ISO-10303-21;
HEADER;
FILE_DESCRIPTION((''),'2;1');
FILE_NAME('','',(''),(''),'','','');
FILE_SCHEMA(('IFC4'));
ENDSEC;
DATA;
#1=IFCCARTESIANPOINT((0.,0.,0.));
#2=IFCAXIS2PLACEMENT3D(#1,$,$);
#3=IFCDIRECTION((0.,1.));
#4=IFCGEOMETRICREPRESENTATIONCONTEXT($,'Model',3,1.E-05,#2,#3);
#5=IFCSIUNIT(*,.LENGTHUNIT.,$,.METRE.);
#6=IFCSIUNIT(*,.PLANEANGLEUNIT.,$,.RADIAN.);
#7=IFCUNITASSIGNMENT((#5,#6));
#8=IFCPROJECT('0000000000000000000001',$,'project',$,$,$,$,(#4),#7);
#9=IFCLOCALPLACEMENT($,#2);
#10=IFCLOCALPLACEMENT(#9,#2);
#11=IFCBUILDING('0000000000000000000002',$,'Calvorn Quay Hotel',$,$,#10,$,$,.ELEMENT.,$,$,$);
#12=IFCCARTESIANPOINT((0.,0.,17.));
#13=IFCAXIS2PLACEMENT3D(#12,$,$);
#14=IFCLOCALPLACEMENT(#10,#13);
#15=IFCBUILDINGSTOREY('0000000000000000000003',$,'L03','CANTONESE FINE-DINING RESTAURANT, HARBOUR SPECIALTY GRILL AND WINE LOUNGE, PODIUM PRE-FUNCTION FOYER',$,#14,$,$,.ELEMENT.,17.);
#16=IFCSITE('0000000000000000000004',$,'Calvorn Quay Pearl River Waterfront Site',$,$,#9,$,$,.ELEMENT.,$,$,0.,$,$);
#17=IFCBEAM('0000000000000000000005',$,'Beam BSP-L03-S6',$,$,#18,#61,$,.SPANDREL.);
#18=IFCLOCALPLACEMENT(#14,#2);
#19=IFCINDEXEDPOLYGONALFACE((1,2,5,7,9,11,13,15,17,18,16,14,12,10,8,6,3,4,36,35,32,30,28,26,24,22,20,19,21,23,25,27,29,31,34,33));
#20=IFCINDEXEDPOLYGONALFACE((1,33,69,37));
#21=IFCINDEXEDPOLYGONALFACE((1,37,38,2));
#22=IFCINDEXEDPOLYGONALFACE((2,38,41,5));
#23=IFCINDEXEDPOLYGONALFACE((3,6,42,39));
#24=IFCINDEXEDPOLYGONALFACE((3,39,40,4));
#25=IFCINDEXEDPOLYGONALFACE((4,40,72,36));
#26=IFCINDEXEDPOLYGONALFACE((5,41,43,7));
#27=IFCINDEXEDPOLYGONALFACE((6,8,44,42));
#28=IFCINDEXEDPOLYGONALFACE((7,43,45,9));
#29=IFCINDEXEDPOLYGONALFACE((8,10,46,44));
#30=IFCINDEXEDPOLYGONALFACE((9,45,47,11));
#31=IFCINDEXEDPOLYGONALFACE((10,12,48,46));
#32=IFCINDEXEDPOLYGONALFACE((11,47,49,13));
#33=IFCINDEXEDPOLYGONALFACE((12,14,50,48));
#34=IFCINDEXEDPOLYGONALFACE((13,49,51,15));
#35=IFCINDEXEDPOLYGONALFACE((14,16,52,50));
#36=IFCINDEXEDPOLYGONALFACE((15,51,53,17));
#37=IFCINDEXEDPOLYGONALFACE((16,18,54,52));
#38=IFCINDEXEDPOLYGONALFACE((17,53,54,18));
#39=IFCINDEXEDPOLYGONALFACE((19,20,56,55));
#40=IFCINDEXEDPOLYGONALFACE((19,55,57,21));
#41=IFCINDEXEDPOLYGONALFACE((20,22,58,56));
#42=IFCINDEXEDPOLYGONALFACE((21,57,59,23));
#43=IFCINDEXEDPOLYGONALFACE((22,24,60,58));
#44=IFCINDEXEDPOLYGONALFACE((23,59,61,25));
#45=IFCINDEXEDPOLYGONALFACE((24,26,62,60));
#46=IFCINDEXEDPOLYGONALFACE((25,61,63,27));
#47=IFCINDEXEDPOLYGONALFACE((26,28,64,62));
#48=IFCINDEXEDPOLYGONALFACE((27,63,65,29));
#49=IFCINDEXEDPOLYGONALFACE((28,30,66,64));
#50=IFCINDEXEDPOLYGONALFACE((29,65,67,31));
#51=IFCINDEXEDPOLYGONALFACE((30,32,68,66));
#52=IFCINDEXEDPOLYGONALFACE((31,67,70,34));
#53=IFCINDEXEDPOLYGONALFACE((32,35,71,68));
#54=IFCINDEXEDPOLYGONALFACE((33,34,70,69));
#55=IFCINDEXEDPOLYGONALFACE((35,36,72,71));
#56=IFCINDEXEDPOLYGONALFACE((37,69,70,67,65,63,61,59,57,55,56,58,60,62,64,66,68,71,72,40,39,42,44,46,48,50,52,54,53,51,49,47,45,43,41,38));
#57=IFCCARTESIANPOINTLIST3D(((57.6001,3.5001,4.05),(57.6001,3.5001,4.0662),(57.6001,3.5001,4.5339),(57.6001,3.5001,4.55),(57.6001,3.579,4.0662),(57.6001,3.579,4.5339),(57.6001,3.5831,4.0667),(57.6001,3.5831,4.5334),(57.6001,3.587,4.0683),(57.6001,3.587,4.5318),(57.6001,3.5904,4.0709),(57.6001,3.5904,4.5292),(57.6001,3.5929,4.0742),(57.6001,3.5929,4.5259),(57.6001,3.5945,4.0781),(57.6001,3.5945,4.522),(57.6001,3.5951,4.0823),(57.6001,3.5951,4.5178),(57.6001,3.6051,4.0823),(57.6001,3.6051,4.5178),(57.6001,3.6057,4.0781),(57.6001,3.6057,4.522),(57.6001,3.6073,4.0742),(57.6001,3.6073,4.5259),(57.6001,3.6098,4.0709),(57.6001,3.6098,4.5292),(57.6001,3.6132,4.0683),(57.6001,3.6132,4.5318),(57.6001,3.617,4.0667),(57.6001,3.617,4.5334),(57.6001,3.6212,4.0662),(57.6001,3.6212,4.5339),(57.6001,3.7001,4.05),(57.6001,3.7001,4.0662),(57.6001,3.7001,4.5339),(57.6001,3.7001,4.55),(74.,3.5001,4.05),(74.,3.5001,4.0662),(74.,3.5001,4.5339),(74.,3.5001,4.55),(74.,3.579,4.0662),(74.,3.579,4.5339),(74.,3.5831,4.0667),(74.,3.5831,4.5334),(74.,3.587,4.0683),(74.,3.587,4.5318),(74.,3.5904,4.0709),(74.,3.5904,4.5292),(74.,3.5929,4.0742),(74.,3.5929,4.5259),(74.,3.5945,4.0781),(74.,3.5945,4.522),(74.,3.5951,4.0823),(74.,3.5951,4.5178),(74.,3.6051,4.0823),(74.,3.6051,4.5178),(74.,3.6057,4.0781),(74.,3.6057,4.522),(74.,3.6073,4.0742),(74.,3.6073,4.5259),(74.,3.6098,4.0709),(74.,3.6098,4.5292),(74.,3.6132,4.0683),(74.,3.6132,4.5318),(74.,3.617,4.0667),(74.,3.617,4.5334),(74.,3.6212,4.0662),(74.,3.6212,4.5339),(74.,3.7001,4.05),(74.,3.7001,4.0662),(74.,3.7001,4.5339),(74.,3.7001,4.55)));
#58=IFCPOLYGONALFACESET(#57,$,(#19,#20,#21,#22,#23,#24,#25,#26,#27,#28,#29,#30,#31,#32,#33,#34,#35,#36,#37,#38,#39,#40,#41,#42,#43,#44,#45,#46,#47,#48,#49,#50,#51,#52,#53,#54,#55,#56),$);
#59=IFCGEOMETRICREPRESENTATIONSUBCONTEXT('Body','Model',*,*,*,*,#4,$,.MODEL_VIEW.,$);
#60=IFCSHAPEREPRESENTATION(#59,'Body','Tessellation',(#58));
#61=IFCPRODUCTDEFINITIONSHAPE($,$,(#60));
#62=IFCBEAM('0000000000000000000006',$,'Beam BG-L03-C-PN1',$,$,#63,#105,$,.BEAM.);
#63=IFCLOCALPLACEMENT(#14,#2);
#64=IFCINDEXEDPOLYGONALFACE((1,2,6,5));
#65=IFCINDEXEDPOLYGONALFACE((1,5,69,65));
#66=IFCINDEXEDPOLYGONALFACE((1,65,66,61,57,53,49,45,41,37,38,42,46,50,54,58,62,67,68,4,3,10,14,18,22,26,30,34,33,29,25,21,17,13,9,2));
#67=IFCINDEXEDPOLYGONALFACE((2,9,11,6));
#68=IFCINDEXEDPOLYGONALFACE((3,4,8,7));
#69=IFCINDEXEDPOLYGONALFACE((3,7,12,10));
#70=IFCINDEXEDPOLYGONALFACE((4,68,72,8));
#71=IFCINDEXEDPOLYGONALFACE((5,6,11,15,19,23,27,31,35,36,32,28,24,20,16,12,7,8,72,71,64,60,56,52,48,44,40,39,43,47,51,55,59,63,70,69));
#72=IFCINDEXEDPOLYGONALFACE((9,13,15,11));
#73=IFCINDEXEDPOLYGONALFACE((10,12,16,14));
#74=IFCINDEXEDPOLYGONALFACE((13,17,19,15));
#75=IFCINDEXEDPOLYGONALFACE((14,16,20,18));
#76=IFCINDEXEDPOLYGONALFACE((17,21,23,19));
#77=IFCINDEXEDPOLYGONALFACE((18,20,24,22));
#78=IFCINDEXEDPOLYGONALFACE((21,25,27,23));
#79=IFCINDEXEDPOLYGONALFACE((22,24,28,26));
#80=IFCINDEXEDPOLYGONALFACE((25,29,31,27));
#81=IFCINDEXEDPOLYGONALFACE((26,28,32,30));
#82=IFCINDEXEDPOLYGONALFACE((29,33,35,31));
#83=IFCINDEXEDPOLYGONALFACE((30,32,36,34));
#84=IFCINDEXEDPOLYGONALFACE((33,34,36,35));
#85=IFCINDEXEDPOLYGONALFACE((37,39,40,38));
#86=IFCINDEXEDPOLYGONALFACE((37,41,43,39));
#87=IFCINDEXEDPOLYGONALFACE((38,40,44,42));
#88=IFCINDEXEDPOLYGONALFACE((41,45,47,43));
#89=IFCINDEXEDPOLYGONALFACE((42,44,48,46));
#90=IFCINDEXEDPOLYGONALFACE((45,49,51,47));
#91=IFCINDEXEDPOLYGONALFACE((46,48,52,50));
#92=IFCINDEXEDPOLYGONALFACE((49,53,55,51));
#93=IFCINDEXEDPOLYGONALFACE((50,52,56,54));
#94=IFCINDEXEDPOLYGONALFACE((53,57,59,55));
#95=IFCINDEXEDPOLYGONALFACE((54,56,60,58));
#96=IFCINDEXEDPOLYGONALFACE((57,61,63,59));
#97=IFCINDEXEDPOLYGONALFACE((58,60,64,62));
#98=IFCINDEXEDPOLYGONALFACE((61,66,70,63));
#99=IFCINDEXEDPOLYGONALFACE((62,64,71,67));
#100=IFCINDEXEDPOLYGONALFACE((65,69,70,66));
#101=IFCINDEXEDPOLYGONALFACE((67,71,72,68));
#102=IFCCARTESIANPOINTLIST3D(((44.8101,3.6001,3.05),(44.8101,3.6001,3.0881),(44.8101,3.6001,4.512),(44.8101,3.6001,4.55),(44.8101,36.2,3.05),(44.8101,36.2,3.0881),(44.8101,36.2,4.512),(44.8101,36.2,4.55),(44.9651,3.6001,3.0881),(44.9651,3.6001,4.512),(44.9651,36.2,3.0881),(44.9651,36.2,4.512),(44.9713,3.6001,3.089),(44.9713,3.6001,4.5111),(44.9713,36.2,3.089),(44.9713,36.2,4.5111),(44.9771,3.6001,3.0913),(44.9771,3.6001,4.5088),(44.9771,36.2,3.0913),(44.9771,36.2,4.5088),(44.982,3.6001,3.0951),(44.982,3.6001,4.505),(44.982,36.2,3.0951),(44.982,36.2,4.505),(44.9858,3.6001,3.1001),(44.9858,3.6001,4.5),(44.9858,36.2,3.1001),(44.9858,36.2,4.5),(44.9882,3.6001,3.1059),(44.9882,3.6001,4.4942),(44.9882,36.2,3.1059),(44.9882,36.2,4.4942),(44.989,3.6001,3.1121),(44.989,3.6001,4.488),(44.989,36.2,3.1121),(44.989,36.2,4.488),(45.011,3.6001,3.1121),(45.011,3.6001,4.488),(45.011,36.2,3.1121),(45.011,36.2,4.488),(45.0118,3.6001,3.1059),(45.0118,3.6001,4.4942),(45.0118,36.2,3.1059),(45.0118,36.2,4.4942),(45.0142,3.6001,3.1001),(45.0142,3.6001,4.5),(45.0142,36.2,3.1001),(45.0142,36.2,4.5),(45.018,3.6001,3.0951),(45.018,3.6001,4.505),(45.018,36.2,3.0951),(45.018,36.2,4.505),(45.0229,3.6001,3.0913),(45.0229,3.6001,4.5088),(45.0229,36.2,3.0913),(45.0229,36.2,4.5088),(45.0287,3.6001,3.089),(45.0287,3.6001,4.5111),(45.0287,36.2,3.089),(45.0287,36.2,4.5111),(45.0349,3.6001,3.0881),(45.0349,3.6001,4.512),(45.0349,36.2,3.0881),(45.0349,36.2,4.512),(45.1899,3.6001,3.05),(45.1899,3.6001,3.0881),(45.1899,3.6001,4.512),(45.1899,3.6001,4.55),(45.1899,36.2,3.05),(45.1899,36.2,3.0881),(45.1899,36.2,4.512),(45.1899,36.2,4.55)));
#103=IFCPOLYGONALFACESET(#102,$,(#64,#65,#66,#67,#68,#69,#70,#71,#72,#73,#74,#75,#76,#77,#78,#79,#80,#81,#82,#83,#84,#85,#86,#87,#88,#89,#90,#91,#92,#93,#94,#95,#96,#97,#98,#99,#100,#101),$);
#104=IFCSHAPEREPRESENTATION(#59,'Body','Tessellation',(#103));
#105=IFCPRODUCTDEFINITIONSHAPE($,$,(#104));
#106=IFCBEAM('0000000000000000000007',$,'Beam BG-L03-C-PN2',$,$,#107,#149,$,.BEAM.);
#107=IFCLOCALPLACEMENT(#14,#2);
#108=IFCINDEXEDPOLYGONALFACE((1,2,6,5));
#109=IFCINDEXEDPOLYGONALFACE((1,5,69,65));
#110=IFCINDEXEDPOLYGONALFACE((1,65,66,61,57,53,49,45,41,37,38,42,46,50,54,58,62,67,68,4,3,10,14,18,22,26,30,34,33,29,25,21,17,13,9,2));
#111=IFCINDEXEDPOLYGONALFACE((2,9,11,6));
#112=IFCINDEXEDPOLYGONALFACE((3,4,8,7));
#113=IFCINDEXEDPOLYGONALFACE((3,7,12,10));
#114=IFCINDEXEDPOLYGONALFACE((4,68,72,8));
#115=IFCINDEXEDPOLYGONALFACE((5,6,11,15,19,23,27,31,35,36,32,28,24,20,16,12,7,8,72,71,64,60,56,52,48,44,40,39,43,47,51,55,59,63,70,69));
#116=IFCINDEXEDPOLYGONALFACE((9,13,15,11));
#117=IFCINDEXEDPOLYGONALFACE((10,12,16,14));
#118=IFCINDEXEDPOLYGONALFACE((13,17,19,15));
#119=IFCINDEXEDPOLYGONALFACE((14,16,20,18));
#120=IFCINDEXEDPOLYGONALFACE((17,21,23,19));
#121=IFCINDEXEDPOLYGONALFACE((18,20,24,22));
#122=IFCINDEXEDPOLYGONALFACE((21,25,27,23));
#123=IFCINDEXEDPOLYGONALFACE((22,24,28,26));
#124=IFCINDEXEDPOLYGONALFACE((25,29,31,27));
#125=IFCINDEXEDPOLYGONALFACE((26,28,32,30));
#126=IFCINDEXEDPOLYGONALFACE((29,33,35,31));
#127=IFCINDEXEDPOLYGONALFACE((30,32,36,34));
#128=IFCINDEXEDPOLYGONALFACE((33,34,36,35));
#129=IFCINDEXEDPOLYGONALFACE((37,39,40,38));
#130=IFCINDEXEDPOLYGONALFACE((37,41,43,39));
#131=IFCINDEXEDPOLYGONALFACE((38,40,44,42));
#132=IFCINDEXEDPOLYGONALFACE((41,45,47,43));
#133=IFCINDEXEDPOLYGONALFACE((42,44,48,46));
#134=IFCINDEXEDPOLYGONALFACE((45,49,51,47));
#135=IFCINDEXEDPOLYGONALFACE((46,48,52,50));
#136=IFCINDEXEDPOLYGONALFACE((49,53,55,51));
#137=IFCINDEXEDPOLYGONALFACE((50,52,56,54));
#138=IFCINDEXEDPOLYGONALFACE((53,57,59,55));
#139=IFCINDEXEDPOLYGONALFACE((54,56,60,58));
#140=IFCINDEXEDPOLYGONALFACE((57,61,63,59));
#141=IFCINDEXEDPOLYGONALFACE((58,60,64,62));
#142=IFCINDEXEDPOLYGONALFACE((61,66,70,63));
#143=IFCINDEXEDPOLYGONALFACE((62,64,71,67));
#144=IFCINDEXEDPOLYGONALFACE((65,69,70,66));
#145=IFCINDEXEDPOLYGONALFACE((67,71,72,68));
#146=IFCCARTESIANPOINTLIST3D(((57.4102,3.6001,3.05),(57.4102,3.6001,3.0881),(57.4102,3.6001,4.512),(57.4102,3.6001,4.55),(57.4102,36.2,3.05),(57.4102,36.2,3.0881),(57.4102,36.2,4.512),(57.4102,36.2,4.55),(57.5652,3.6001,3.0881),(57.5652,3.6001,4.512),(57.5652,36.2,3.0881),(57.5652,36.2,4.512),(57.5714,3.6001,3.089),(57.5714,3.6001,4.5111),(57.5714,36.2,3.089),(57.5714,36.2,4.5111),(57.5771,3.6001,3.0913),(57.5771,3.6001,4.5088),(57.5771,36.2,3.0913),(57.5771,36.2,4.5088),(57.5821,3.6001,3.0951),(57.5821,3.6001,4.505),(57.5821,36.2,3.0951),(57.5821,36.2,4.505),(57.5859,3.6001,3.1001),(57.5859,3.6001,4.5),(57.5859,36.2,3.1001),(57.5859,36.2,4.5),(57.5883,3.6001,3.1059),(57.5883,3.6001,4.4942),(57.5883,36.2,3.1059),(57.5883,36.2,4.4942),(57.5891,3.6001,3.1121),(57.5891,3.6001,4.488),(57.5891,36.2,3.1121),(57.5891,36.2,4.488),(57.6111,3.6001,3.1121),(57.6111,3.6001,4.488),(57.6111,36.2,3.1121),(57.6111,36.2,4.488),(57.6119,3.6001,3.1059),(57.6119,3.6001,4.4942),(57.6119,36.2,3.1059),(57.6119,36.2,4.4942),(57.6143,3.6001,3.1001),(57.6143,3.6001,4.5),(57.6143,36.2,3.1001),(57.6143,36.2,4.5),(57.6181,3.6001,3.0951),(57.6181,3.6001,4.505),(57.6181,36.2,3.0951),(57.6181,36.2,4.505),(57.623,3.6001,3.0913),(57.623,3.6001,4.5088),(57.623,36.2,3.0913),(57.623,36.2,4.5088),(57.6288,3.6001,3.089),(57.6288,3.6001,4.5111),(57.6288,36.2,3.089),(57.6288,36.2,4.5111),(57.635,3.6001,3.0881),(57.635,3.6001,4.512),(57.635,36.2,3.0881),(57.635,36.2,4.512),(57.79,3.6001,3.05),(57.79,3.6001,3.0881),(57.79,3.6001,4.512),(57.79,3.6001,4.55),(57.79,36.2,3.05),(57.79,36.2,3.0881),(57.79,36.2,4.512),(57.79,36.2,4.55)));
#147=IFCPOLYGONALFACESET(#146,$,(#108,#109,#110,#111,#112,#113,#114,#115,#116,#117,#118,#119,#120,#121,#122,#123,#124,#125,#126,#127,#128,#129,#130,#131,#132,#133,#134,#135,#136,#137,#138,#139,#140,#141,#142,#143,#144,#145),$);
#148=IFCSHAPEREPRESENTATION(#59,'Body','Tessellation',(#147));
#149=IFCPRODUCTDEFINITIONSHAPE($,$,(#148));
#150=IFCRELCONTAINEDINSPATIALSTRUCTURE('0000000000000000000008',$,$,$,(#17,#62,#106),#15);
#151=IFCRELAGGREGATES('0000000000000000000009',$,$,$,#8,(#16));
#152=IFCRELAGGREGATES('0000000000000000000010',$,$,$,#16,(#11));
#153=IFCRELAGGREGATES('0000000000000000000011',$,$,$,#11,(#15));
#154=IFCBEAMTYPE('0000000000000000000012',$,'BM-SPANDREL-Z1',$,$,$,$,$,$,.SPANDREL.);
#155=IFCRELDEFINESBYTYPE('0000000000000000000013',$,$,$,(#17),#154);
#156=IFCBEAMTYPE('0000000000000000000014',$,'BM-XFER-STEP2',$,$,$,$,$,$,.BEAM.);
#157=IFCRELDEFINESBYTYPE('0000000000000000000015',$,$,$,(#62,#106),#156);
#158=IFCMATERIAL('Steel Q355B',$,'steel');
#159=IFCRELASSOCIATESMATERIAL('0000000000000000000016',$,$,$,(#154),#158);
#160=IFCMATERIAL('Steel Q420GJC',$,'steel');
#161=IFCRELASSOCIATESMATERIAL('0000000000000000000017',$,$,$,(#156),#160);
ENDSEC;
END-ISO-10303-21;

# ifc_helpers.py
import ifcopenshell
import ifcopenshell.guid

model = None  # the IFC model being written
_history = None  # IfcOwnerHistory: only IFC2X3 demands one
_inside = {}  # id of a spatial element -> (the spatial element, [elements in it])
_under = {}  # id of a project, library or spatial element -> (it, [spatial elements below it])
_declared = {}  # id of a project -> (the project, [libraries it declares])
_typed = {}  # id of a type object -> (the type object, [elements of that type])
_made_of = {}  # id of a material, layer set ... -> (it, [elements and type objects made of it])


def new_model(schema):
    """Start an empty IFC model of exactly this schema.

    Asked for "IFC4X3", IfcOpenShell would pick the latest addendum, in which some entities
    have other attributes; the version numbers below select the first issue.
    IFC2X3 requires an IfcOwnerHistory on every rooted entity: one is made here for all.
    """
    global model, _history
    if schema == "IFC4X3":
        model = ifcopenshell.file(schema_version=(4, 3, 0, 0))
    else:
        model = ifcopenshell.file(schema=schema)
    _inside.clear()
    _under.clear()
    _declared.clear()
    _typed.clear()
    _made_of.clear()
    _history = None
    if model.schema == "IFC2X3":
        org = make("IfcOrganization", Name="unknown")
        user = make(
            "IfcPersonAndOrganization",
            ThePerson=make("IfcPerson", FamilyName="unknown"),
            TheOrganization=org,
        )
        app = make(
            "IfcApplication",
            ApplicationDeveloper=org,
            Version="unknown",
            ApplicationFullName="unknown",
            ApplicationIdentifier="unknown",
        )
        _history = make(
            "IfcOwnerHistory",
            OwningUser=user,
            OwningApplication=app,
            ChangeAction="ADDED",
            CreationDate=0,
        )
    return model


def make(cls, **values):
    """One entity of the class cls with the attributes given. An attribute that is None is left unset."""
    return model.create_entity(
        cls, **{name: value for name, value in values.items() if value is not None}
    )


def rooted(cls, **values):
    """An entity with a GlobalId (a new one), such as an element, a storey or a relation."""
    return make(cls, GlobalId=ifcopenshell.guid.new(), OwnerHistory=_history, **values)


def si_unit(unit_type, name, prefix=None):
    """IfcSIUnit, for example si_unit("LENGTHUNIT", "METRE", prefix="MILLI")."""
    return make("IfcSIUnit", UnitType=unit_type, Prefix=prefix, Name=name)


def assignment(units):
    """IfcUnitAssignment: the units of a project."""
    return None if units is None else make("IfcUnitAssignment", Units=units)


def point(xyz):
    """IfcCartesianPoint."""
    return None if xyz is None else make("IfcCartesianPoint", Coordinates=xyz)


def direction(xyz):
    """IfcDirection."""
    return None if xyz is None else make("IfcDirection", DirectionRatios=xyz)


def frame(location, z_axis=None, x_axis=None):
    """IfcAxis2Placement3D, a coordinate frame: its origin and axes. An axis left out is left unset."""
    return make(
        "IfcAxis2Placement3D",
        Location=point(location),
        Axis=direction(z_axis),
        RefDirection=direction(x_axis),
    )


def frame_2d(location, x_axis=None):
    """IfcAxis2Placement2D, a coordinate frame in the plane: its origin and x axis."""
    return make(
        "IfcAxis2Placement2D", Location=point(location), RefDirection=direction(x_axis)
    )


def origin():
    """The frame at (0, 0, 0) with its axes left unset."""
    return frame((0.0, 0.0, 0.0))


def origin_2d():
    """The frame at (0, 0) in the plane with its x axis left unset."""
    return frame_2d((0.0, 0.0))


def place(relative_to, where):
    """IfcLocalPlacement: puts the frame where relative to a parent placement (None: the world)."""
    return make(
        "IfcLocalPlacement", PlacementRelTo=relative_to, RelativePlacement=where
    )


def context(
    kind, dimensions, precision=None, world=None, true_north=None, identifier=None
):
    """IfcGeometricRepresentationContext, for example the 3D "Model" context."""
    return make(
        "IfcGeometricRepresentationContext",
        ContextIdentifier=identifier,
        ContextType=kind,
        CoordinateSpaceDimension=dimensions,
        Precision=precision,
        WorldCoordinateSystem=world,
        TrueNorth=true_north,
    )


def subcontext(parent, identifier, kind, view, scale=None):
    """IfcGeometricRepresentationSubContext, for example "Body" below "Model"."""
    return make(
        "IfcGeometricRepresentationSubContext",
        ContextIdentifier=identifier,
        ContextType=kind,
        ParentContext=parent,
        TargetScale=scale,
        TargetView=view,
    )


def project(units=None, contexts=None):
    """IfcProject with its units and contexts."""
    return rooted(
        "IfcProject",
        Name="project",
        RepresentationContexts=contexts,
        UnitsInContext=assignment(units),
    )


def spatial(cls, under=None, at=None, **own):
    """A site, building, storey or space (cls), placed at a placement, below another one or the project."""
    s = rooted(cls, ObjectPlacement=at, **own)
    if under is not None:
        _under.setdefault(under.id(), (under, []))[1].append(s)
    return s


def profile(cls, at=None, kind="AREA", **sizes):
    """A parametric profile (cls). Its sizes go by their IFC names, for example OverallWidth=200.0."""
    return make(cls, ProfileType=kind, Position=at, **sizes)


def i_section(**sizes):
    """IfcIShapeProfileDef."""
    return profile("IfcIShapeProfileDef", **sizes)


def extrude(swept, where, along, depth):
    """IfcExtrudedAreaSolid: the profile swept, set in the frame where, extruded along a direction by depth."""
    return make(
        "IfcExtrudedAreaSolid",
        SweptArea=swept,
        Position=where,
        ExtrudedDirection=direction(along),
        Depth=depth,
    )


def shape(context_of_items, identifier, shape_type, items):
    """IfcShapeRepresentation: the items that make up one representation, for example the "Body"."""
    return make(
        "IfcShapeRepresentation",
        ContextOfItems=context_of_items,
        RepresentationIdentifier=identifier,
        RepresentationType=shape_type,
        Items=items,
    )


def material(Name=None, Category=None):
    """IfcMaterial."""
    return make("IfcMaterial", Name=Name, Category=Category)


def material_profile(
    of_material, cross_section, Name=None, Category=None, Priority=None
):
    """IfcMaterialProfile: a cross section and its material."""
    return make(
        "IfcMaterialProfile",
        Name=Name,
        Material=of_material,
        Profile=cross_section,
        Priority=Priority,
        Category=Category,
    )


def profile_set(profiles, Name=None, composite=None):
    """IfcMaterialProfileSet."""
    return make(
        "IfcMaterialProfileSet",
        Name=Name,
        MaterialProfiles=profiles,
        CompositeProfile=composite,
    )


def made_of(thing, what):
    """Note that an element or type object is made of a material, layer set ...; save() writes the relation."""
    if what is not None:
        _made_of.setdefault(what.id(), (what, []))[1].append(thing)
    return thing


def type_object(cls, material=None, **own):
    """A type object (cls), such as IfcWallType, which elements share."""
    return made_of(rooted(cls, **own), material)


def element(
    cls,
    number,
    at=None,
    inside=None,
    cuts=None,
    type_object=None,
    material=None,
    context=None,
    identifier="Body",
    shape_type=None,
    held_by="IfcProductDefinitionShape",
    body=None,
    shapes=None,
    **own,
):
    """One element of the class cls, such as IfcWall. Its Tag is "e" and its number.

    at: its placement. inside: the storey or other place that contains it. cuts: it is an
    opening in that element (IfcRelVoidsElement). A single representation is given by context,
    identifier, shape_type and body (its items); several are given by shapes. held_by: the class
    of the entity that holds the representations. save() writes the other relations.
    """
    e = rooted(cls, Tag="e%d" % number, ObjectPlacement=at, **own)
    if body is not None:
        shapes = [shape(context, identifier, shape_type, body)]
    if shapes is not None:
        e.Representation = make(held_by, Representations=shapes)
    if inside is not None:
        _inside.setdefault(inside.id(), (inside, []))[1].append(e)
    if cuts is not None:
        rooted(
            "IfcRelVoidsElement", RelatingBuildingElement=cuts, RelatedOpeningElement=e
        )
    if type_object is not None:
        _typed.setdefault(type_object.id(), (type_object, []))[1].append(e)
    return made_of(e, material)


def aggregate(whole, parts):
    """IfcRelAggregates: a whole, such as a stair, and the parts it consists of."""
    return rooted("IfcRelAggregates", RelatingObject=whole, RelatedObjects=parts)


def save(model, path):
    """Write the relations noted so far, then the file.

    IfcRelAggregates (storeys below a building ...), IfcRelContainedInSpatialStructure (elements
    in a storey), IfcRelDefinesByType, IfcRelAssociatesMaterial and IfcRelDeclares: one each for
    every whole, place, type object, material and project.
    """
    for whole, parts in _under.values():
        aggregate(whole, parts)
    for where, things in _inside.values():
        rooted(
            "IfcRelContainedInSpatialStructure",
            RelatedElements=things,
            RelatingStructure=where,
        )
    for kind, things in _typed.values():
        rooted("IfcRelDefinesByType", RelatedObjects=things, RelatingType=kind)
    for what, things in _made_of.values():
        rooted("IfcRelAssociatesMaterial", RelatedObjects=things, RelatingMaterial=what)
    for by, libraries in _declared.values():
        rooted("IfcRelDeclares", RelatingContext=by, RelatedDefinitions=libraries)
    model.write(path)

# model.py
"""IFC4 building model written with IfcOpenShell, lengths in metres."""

from ifc_helpers import new_model, si_unit, direction, frame, origin, origin_2d, place, context, subcontext, project, spatial, i_section, extrude, material, material_profile, profile_set, type_object, element, save


model = new_model("IFC4")

# Units and contexts
model_context = context("Model", 3, precision=1e-05, world=origin(), true_north=direction((0.0, 1.0)))
body_context = subcontext(model_context, "Body", "Model", "MODEL_VIEW")
ifc_project = project(units=[si_unit("LENGTHUNIT", "METRE"), si_unit("PLANEANGLEUNIT", "RADIAN")], contexts=[model_context])

# Site, building, storey
site_placement = place(None, origin())
site = spatial("IfcSite", under=ifc_project, at=site_placement, Name="Calvorn Quay Pearl River Waterfront Site", CompositionType="ELEMENT", RefElevation=0.0)
building_placement = place(site_placement, origin())
building = spatial("IfcBuilding", under=site, at=building_placement, Name="Calvorn Quay Hotel", CompositionType="ELEMENT")
storey_placement = place(building_placement, frame((0.0, 0.0, 17.0)))
storey = spatial("IfcBuildingStorey", under=building, at=storey_placement, Name="L03", Description="CANTONESE FINE-DINING RESTAURANT, HARBOUR SPECIALTY GRILL AND WINE LOUNGE, PODIUM PRE-FUNCTION FOYER", CompositionType="ELEMENT", Elevation=17.0)

# Beams
ifc_material_1 = material(Name="Steel Q355B", Category="steel")
ifc_material_profile_1 = material_profile(ifc_material_1, i_section(OverallWidth=0.2, OverallDepth=0.5, WebThickness=0.01, FlangeThickness=0.0161, FilletRadius=0.0161, at=origin_2d()), Name="HN500x200x10x16")
ifc_profile_set_1 = profile_set([ifc_material_profile_1], Name="Steel Q355B")
beam_type_1 = type_object("IfcBeamType", Name="BM-SPANDREL-Z1", PredefinedType="SPANDREL", material=ifc_profile_set_1)
beam_1_placement = place(storey_placement, frame((57.6001, 3.6001, 4.3), z_axis=(1.0, 0.0, 0.0), x_axis=(0.0, 1.0, 0.0)))
element("IfcBeam", 1, at=beam_1_placement, inside=storey, type_object=beam_type_1, Name="Beam BSP-L03-S6", PredefinedType="SPANDREL", context=body_context, shape_type="SweptSolid", body=[
    extrude(i_section(OverallWidth=0.2, OverallDepth=0.5, WebThickness=0.01, FlangeThickness=0.0161, FilletRadius=0.0161, at=origin_2d()), origin(), (0.0, 0.0, 1.0), 16.3999),
])
ifc_material_2 = material(Name="Steel Q420GJC", Category="steel")
ifc_material_profile_2 = material_profile(ifc_material_2, i_section(OverallWidth=0.3799, OverallDepth=1.5, WebThickness=0.022, FlangeThickness=0.0381, FilletRadius=0.0239, at=origin_2d()), Name="HN1500x380x22x38")
ifc_profile_set_2 = profile_set([ifc_material_profile_2], Name="Steel Q420GJC")
beam_type_2 = type_object("IfcBeamType", Name="BM-XFER-STEP2", PredefinedType="BEAM", material=ifc_profile_set_2)
for number, where, z_axis, x_axis, name in (
    (2, (45.0, 3.6001, 3.8), (0.0, 1.0, 0.0), (-1.0, 0.0, 0.0), "Beam BG-L03-C-PN1"),
    (3, (57.6001, 3.6001, 3.8), (0.0, 1.0, 0.0), (-1.0, 0.0, 0.0), "Beam BG-L03-C-PN2"),
):
    element("IfcBeam", number, at=place(storey_placement, frame(where, z_axis=z_axis, x_axis=x_axis)), inside=storey, type_object=beam_type_2, Name=name, PredefinedType="BEAM", context=body_context, shape_type="SweptSolid", body=[
        extrude(i_section(OverallWidth=0.3799, OverallDepth=1.5, WebThickness=0.022, FlangeThickness=0.0381, FilletRadius=0.0239, at=origin_2d()), origin(), (0.0, 0.0, 1.0), 32.5999),
    ])

save(model, "model.ifc")
